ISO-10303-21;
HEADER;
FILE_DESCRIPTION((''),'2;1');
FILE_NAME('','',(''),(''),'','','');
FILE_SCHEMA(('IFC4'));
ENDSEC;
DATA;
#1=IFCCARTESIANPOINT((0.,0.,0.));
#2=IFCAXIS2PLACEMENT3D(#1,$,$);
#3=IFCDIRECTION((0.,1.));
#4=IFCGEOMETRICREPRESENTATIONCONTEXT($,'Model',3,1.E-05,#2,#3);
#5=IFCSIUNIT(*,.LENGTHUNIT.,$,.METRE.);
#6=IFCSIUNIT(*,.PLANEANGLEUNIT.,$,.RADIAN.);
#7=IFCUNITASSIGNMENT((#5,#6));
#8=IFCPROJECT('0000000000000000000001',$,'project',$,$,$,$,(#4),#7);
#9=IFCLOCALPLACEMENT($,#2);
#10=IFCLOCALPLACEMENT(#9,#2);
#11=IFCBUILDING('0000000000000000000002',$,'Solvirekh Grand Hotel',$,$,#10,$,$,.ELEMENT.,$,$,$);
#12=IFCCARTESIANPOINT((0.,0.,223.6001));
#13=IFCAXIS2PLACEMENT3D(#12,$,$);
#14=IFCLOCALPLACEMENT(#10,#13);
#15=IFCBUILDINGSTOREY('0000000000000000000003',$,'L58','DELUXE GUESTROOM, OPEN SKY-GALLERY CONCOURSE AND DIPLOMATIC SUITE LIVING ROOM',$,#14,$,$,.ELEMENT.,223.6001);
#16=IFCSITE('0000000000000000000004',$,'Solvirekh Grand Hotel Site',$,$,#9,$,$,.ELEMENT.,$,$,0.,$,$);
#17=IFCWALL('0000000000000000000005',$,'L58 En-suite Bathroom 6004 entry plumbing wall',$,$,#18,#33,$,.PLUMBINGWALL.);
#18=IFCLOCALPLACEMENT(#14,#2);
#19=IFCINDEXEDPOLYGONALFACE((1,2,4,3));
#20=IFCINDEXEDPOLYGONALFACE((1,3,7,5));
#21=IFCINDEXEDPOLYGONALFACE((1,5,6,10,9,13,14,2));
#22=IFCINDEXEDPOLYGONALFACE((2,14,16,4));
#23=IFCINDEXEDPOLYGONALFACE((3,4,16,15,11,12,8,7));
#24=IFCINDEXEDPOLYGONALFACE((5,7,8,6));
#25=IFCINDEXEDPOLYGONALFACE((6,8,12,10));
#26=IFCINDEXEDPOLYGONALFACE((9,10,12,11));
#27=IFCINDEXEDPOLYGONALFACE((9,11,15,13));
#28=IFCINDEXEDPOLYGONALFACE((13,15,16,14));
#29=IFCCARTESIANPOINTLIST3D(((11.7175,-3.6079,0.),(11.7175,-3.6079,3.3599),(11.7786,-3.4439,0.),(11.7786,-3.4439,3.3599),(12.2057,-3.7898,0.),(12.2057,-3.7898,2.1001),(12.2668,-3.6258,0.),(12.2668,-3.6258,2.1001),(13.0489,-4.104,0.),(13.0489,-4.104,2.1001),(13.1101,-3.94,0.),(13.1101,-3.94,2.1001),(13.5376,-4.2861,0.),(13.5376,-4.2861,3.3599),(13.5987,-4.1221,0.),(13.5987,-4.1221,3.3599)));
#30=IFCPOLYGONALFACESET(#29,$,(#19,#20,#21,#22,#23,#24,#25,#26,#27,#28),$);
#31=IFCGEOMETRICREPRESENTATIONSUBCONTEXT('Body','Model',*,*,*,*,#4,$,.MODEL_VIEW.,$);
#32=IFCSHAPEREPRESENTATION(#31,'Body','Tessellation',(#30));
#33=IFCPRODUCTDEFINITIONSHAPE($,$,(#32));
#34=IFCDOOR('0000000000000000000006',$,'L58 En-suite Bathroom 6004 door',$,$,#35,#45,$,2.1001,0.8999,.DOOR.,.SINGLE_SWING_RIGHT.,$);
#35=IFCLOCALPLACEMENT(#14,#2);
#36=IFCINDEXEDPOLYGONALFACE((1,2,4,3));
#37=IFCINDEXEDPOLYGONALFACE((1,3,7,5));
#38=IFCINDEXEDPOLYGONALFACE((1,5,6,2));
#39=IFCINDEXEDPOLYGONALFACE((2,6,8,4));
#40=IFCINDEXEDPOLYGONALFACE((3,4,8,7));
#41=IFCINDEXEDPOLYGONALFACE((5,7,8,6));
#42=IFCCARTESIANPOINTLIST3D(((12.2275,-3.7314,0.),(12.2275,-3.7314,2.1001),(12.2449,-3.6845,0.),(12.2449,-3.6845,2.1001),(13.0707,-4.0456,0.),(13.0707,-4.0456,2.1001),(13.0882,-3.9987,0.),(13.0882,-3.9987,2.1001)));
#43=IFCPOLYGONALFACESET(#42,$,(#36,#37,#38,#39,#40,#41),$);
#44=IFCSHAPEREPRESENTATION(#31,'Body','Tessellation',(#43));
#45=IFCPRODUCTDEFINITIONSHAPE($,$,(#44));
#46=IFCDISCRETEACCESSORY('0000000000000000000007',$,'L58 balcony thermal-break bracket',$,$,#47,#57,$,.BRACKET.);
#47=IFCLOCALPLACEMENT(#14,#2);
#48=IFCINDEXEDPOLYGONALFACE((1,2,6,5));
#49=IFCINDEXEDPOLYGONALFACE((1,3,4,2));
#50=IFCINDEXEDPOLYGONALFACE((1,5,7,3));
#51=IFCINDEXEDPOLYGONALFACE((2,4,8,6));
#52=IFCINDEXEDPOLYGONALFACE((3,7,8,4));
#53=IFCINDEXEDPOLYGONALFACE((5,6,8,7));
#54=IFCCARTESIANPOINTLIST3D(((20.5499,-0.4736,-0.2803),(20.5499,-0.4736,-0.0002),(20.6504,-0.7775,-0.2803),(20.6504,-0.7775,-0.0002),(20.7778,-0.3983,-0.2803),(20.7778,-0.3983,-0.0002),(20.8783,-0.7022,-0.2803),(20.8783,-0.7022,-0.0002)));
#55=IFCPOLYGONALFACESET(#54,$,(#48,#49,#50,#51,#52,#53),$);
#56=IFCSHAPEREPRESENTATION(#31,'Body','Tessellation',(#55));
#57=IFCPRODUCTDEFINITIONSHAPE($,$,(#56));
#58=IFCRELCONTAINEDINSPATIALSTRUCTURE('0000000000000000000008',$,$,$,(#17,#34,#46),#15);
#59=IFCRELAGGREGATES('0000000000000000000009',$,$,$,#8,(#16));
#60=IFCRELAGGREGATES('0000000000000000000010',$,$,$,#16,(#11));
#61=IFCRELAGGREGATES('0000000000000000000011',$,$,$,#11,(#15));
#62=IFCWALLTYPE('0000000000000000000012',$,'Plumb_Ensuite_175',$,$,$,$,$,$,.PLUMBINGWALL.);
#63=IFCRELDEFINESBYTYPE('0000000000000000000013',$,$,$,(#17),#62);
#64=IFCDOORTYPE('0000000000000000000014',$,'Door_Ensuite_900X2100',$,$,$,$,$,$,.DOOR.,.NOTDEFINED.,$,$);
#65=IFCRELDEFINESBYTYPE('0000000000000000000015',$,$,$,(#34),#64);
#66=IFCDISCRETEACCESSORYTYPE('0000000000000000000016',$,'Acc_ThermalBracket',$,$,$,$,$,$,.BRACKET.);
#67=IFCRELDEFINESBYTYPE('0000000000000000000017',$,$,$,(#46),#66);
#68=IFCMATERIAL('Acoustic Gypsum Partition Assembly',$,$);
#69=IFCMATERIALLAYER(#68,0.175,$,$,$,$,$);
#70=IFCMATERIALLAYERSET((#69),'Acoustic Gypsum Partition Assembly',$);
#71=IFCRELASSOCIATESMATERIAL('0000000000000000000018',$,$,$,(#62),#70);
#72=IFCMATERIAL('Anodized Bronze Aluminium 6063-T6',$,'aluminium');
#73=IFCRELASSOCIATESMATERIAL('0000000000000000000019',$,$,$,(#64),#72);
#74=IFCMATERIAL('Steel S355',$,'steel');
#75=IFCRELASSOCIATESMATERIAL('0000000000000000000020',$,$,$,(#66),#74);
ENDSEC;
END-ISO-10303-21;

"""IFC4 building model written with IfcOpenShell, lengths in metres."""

from ifc_helpers import new_model, si_unit, direction, frame, frame_2d, origin, origin_2d, place, context, subcontext, project, spatial, rectangle, extrude, material, layer, layer_set, type_object, element, fill, save


model = new_model("IFC4")

# Units and contexts
model_context = context("Model", 3, precision=1e-05, world=origin(), true_north=direction((0.0, 1.0)))
body_context = subcontext(model_context, "Body", "Model", "MODEL_VIEW")
ifc_project = project(units=[si_unit("LENGTHUNIT", "METRE"), si_unit("PLANEANGLEUNIT", "RADIAN")], contexts=[model_context])

# Site, building, storey
site_placement = place(None, origin())
site = spatial("IfcSite", under=ifc_project, at=site_placement, Name="Solvirekh Grand Hotel Site", CompositionType="ELEMENT", RefElevation=0.0)
building_placement = place(site_placement, origin())
building = spatial("IfcBuilding", under=site, at=building_placement, Name="Solvirekh Grand Hotel", CompositionType="ELEMENT")
storey_placement = place(building_placement, frame((0.0, 0.0, 223.6001)))
storey = spatial("IfcBuildingStorey", under=building, at=storey_placement, Name="L58", Description="DELUXE GUESTROOM, OPEN SKY-GALLERY CONCOURSE AND DIPLOMATIC SUITE LIVING ROOM", CompositionType="ELEMENT", Elevation=223.6001)

# Shared definitions
ifc_material_1 = material(Name="Steel S355", Category="steel")

# Shared definitions
ifc_material_2 = material(Name="Anodized Bronze Aluminium 6063-T6", Category="aluminium")

# Shared definitions
ifc_material_3 = material(Name="Acoustic Gypsum Partition Assembly")

# Shared definitions
ifc_layer_1 = layer(ifc_material_3, 0.175)
ifc_layer_set_1 = layer_set([ifc_layer_1], Name="Acoustic Gypsum Partition Assembly")
wall_type_1 = type_object("IfcWallType", Name="Plumb_Ensuite_175", PredefinedType="PLUMBINGWALL", material=ifc_layer_set_1)

# Wall, opening, door
wall_1_placement = place(storey_placement, frame((11.748, -3.5259, 0.0), z_axis=(0.0, 0.0, 1.0), x_axis=(0.937056, -0.34918, 0.0)))
wall_1 = element("IfcWall", 1, at=wall_1_placement, inside=storey, type_object=wall_type_1, Name="L58 En-suite Bathroom 6004 entry plumbing wall", PredefinedType="PLUMBINGWALL", context=body_context, shape_type="SweptSolid", body=[
    extrude(rectangle(XDim=1.9424, YDim=0.175, at=frame_2d((0.9712, 0.0))), origin(), (0.0, 0.0, 1.0), 3.3599),
])
opening_1_placement = place(wall_1_placement, frame((0.521, 0.0, 0.0)))
opening_1 = element("IfcOpeningElement", 2, at=opening_1_placement, cuts=wall_1, PredefinedType="OPENING", context=body_context, shape_type="SweptSolid", body=[
    extrude(rectangle(XDim=0.8999, YDim=2.1001, at=frame_2d((0.45, 1.05))), frame((0.0, 0.0977, 0.0), z_axis=(0.0, -1.0, 0.0), x_axis=(1.0, 0.0, 0.0)), (0.0, 0.0, 1.0), 0.1951),
])
door_type_1 = type_object("IfcDoorType", Name="Door_Ensuite_900X2100", OperationType="NOTDEFINED", PredefinedType="DOOR", material=ifc_material_2)
door_1_placement = place(opening_1_placement, origin())
door_1 = element("IfcDoor", 3, at=door_1_placement, inside=storey, type_object=door_type_1, Name="L58 En-suite Bathroom 6004 door", OperationType="SINGLE_SWING_RIGHT", OverallHeight=2.1001, OverallWidth=0.8999, PredefinedType="DOOR", context=body_context, shape_type="SweptSolid", body=[
    extrude(rectangle(XDim=0.8999, YDim=2.1001, at=frame_2d((0.45, 1.05))), frame((0.0, 0.0249, 0.0), z_axis=(0.0, -1.0, 0.0), x_axis=(1.0, 0.0, 0.0)), (0.0, 0.0, 1.0), 0.05),
])
fill(opening_1, door_1)

# Discrete accessory
discrete_accessory_type = type_object("IfcDiscreteAccessoryType", Name="Acc_ThermalBracket", PredefinedType="BRACKET", material=ifc_material_1)
discrete_accessory_placement = place(storey_placement, frame((20.7141, -0.5879, -0.2803), z_axis=(0.0, 0.0, 1.0), x_axis=(0.313992, -0.949425, 0.0)))
element("IfcDiscreteAccessory", 4, at=discrete_accessory_placement, inside=storey, type_object=discrete_accessory_type, Name="L58 balcony thermal-break bracket", PredefinedType="BRACKET", context=body_context, shape_type="SweptSolid", body=[
    extrude(rectangle(XDim=0.3201, YDim=0.24, at=origin_2d()), origin(), (0.0, 0.0, 1.0), 0.28),
])

save(model, "model.ifc")
